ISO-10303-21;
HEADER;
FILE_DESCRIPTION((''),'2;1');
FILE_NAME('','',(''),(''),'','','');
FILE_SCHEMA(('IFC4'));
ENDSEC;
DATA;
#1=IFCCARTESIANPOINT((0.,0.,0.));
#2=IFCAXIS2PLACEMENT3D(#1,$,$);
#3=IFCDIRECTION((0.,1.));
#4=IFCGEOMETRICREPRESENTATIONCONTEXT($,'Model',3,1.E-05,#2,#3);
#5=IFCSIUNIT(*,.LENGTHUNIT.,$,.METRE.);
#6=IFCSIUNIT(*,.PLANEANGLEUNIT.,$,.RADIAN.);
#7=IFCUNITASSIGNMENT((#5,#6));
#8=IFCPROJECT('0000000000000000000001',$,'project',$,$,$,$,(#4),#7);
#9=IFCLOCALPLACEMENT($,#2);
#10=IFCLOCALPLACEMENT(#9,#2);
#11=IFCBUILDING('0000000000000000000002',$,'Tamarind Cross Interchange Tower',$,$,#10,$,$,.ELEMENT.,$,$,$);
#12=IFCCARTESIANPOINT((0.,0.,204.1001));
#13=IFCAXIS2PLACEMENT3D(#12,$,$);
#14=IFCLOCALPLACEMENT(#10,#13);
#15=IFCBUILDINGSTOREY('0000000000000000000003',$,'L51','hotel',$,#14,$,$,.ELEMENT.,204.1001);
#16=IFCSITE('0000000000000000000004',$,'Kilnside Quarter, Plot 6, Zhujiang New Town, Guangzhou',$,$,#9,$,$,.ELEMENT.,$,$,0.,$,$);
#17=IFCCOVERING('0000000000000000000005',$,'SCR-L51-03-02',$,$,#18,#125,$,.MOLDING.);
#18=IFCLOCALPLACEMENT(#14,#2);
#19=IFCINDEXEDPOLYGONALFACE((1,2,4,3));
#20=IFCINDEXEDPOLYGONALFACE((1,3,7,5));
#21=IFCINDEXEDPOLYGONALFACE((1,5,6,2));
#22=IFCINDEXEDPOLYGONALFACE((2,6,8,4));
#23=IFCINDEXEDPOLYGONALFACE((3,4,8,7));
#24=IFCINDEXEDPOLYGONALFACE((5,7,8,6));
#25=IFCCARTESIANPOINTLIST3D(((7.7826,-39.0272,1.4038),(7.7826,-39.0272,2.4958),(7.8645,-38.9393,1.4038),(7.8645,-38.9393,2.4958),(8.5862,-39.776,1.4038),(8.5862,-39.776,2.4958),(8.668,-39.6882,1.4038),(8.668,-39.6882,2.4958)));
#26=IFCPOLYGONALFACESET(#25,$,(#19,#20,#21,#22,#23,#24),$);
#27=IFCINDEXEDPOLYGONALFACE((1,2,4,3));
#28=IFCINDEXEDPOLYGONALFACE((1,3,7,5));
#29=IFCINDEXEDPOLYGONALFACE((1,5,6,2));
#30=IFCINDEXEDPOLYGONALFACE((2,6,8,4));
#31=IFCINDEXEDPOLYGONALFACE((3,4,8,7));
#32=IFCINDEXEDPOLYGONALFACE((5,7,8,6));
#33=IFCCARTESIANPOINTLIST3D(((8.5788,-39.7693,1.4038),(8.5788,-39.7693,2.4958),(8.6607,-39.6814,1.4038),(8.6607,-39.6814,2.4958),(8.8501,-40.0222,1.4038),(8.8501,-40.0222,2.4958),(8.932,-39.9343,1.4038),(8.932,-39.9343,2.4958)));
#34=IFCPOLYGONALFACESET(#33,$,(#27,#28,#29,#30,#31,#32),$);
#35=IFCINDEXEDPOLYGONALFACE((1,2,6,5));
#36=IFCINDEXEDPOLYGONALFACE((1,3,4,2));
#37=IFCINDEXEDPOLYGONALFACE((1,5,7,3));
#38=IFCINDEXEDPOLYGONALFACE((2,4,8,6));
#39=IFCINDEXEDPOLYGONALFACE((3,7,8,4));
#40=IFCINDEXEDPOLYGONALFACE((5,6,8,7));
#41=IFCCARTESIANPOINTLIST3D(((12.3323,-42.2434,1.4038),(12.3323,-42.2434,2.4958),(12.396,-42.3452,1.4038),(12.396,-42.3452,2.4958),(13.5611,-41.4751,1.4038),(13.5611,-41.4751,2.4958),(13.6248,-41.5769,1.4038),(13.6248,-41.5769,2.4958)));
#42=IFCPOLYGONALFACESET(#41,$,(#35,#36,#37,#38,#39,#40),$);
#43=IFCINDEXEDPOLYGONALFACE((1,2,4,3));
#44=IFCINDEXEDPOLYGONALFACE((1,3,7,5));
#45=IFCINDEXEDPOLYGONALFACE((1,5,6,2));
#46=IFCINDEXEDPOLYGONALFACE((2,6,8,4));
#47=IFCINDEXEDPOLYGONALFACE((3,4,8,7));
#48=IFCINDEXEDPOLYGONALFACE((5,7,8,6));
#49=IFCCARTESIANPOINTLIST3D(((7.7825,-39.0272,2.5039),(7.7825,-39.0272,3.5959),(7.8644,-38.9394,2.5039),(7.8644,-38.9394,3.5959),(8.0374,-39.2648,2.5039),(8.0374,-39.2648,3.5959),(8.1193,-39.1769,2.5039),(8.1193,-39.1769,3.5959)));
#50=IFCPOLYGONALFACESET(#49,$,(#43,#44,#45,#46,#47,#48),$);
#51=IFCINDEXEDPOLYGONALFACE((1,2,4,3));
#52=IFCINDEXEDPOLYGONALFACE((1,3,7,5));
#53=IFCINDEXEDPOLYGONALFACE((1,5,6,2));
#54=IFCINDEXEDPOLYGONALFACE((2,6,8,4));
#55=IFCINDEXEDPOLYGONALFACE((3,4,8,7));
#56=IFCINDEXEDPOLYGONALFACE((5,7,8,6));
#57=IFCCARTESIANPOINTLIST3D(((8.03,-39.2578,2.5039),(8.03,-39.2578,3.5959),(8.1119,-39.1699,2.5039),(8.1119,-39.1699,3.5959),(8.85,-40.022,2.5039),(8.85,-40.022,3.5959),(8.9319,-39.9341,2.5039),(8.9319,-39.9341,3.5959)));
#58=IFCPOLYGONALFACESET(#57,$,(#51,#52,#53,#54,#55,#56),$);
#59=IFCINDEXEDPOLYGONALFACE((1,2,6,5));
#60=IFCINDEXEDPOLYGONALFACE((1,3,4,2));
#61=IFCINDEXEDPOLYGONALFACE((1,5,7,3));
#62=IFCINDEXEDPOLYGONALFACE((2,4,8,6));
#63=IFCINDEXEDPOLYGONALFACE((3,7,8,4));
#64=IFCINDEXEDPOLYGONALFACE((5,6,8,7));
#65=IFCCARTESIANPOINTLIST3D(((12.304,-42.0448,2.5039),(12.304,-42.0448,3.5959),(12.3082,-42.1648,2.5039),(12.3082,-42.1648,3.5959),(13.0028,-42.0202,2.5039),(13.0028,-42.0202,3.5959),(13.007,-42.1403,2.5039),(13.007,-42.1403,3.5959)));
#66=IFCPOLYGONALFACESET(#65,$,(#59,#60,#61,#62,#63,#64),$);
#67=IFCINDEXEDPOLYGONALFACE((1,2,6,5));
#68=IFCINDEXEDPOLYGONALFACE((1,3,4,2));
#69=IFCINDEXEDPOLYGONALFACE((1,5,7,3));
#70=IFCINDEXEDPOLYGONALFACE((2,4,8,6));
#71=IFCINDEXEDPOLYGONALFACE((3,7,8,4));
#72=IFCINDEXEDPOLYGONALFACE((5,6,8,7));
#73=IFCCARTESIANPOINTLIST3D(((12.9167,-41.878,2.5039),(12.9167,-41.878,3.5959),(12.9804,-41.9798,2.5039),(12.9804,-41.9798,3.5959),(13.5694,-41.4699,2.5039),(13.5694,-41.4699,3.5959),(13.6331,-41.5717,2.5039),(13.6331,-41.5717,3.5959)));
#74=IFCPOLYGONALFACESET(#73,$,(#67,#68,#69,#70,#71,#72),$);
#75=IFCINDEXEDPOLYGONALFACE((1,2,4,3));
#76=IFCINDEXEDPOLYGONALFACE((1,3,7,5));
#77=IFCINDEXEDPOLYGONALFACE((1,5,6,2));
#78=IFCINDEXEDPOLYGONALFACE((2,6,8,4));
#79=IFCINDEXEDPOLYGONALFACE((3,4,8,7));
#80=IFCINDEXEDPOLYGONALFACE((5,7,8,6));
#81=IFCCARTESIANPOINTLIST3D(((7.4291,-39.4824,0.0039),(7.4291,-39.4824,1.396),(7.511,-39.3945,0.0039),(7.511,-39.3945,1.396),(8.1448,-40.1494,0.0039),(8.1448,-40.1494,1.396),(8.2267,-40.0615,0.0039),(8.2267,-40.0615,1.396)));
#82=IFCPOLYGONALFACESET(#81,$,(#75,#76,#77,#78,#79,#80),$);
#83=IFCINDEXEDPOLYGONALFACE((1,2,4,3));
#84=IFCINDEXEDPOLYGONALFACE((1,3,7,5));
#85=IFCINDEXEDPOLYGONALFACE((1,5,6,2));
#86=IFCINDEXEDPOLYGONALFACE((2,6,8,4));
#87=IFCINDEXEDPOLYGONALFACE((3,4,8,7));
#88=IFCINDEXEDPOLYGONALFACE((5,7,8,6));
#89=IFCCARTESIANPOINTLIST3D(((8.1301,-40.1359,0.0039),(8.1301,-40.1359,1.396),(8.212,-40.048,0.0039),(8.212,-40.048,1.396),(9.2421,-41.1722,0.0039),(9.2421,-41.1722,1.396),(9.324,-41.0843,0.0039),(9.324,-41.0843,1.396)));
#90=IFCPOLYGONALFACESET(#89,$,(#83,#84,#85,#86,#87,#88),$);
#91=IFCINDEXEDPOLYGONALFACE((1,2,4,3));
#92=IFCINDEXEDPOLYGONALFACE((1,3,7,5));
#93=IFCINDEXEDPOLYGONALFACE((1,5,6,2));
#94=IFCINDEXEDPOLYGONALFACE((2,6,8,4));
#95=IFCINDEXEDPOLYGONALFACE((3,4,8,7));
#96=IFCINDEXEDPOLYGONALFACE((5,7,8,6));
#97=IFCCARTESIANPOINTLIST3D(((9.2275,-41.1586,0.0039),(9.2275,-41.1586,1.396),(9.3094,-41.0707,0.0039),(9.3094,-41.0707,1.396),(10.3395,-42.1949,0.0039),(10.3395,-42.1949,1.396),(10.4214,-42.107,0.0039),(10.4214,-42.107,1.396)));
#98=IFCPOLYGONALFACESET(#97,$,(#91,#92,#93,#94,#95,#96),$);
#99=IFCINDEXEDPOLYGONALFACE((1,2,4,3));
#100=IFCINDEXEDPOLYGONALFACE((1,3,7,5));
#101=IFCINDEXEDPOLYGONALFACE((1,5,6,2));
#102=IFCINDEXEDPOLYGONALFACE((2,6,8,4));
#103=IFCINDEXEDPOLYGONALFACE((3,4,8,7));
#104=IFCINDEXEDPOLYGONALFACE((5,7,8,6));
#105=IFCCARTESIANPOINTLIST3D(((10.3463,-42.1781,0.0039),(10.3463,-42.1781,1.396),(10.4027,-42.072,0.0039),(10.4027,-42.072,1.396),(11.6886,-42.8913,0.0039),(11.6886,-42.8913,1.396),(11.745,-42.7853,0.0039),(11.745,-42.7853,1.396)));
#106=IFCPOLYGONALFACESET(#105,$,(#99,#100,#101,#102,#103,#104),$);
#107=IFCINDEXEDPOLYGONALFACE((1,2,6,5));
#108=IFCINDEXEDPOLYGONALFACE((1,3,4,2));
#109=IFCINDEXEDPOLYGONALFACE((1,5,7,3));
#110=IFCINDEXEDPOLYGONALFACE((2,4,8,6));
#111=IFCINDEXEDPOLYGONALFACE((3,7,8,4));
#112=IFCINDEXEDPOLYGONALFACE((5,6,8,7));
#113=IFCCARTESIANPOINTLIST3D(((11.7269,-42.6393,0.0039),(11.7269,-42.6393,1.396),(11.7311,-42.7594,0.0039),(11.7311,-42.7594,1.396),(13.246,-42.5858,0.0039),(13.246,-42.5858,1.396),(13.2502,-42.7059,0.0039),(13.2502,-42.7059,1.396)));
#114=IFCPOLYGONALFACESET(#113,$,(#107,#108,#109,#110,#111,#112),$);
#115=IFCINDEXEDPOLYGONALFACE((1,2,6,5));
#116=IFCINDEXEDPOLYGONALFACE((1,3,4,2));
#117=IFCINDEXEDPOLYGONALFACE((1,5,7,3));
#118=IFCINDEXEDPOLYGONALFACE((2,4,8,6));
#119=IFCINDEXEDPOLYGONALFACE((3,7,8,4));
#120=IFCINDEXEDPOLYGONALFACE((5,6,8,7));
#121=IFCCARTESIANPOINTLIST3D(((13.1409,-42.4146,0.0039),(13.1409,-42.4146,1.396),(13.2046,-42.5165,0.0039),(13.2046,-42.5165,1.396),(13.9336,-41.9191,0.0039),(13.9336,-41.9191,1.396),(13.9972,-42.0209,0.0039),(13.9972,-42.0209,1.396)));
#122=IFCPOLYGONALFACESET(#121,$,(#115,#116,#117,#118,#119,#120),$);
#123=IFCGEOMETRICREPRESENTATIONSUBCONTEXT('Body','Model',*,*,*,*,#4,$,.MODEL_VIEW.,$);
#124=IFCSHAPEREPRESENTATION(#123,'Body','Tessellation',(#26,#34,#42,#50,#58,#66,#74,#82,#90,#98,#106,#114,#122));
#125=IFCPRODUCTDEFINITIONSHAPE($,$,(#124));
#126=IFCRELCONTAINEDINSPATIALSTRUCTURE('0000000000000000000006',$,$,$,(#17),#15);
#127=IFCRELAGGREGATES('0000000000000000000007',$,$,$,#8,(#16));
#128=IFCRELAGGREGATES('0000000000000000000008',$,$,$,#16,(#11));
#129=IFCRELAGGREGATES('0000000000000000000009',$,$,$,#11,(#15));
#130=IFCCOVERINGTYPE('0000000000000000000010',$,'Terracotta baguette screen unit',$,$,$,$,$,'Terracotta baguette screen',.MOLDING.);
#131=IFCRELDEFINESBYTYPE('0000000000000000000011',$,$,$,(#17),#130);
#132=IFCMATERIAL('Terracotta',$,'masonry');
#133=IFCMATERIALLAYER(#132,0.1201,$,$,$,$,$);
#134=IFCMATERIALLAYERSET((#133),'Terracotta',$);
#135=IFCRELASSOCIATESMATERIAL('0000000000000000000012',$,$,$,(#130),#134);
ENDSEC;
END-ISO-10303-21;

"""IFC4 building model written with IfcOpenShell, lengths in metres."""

from ifc_helpers import new_model, si_unit, direction, frame, origin, origin_2d, place, context, subcontext, project, spatial, rectangle, extrude, material, layer, layer_set, type_object, element, save


model = new_model("IFC4")

# Units and contexts
model_context = context("Model", 3, precision=1e-05, world=origin(), true_north=direction((0.0, 1.0)))
body_context = subcontext(model_context, "Body", "Model", "MODEL_VIEW")
ifc_project = project(units=[si_unit("LENGTHUNIT", "METRE"), si_unit("PLANEANGLEUNIT", "RADIAN")], contexts=[model_context])

# Site, building, storey
site_placement = place(None, origin())
site = spatial("IfcSite", under=ifc_project, at=site_placement, Name="Kilnside Quarter, Plot 6, Zhujiang New Town, Guangzhou", CompositionType="ELEMENT", RefElevation=0.0)
building_placement = place(site_placement, origin())
building = spatial("IfcBuilding", under=site, at=building_placement, Name="Tamarind Cross Interchange Tower", CompositionType="ELEMENT")
storey_placement = place(building_placement, frame((0.0, 0.0, 204.1001)))
storey = spatial("IfcBuildingStorey", under=building, at=storey_placement, Name="L51", Description="hotel", CompositionType="ELEMENT", Elevation=204.1001)

# Covering
ifc_material_1 = material(Name="Terracotta", Category="masonry")
ifc_layer_1 = layer(ifc_material_1, 0.1201)
ifc_layer_set_1 = layer_set([ifc_layer_1], Name="Terracotta")
covering_type = type_object("IfcCoveringType", Name="Terracotta baguette screen unit", ElementType="Terracotta baguette screen", PredefinedType="MOLDING", material=ifc_layer_set_1)
covering_1_placement = place(storey_placement, origin())
element("IfcCovering", 1, at=covering_1_placement, inside=storey, type_object=covering_type, Name="SCR-L51-03-02", PredefinedType="MOLDING", context=body_context, shape_type="SweptSolid", body=[
    extrude(rectangle(XDim=1.0984, YDim=0.1201, at=origin_2d()), frame((8.2253, -39.3577, 1.4038), z_axis=(0.0, 0.0, 1.0), x_axis=(0.731544, -0.681794, 0.0)), (0.0, 0.0, 1.0), 1.092),
    extrude(rectangle(XDim=0.3708, YDim=0.1201, at=origin_2d()), frame((8.7554, -39.8518, 1.4038), z_axis=(0.0, 0.0, 1.0), x_axis=(0.731544, -0.681794, 0.0)), (0.0, 0.0, 1.0), 1.092),
    extrude(rectangle(XDim=1.4492, YDim=0.1201, at=origin_2d()), frame((12.9785, -41.9102, 1.4038), z_axis=(0.0, 0.0, 1.0), x_axis=(0.8479, 0.530156, 0.0)), (0.0, 0.0, 1.0), 1.092),
    extrude(rectangle(XDim=0.3484, YDim=0.1201, at=origin_2d()), frame((7.9509, -39.1021, 2.5039), z_axis=(0.0, 0.0, 1.0), x_axis=(0.731544, -0.681794, 0.0)), (0.0, 0.0, 1.0), 1.092),
    extrude(rectangle(XDim=1.1208, YDim=0.1201, at=origin_2d()), frame((8.481, -39.5959, 2.5039), z_axis=(0.0, 0.0, 1.0), x_axis=(0.731544, -0.681794, 0.0)), (0.0, 0.0, 1.0), 1.092),
    extrude(rectangle(XDim=0.6992, YDim=0.1201, at=origin_2d()), frame((12.6555, -42.0925, 2.5039), z_axis=(0.0, 0.0, 1.0), x_axis=(0.999381, 0.035179, 0.0)), (0.0, 0.0, 1.0), 1.092),
    extrude(rectangle(XDim=0.7698, YDim=0.1201, at=origin_2d()), frame((13.2749, -41.7249, 2.5039), z_axis=(0.0, 0.0, 1.0), x_axis=(0.8479, 0.530156, 0.0)), (0.0, 0.0, 1.0), 1.092),
    extrude(rectangle(XDim=0.9783, YDim=0.1201, at=origin_2d()), frame((7.8279, -39.772, 0.0039), z_axis=(0.0, 0.0, 1.0), x_axis=(0.731544, -0.681794, 0.0)), (0.0, 0.0, 1.0), 1.3921),
    extrude(rectangle(XDim=1.52, YDim=0.1201, at=origin_2d()), frame((8.7271, -40.6101, 0.0039), z_axis=(0.0, 0.0, 1.0), x_axis=(0.731544, -0.681794, 0.0)), (0.0, 0.0, 1.0), 1.3921),
    extrude(rectangle(XDim=1.52, YDim=0.1201, at=origin_2d()), frame((9.8245, -41.6328, 0.0039), z_axis=(0.0, 0.0, 1.0), x_axis=(0.731544, -0.681794, 0.0)), (0.0, 0.0, 1.0), 1.3921),
    extrude(rectangle(XDim=1.52, YDim=0.1201, at=origin_2d()), frame((11.0457, -42.4817, 0.0039), z_axis=(0.0, 0.0, 1.0), x_axis=(0.883079, -0.469225, 0.0)), (0.0, 0.0, 1.0), 1.3921),
    extrude(rectangle(XDim=1.52, YDim=0.1201, at=origin_2d()), frame((12.4885, -42.6726, 0.0039), z_axis=(0.0, 0.0, 1.0), x_axis=(0.999381, 0.035179, 0.0)), (0.0, 0.0, 1.0), 1.3921),
    extrude(rectangle(XDim=0.9348, YDim=0.1201, at=origin_2d()), frame((13.5691, -42.2178, 0.0039), z_axis=(0.0, 0.0, 1.0), x_axis=(0.8479, 0.530156, 0.0)), (0.0, 0.0, 1.0), 1.3921),
])

save(model, "model.ifc")
